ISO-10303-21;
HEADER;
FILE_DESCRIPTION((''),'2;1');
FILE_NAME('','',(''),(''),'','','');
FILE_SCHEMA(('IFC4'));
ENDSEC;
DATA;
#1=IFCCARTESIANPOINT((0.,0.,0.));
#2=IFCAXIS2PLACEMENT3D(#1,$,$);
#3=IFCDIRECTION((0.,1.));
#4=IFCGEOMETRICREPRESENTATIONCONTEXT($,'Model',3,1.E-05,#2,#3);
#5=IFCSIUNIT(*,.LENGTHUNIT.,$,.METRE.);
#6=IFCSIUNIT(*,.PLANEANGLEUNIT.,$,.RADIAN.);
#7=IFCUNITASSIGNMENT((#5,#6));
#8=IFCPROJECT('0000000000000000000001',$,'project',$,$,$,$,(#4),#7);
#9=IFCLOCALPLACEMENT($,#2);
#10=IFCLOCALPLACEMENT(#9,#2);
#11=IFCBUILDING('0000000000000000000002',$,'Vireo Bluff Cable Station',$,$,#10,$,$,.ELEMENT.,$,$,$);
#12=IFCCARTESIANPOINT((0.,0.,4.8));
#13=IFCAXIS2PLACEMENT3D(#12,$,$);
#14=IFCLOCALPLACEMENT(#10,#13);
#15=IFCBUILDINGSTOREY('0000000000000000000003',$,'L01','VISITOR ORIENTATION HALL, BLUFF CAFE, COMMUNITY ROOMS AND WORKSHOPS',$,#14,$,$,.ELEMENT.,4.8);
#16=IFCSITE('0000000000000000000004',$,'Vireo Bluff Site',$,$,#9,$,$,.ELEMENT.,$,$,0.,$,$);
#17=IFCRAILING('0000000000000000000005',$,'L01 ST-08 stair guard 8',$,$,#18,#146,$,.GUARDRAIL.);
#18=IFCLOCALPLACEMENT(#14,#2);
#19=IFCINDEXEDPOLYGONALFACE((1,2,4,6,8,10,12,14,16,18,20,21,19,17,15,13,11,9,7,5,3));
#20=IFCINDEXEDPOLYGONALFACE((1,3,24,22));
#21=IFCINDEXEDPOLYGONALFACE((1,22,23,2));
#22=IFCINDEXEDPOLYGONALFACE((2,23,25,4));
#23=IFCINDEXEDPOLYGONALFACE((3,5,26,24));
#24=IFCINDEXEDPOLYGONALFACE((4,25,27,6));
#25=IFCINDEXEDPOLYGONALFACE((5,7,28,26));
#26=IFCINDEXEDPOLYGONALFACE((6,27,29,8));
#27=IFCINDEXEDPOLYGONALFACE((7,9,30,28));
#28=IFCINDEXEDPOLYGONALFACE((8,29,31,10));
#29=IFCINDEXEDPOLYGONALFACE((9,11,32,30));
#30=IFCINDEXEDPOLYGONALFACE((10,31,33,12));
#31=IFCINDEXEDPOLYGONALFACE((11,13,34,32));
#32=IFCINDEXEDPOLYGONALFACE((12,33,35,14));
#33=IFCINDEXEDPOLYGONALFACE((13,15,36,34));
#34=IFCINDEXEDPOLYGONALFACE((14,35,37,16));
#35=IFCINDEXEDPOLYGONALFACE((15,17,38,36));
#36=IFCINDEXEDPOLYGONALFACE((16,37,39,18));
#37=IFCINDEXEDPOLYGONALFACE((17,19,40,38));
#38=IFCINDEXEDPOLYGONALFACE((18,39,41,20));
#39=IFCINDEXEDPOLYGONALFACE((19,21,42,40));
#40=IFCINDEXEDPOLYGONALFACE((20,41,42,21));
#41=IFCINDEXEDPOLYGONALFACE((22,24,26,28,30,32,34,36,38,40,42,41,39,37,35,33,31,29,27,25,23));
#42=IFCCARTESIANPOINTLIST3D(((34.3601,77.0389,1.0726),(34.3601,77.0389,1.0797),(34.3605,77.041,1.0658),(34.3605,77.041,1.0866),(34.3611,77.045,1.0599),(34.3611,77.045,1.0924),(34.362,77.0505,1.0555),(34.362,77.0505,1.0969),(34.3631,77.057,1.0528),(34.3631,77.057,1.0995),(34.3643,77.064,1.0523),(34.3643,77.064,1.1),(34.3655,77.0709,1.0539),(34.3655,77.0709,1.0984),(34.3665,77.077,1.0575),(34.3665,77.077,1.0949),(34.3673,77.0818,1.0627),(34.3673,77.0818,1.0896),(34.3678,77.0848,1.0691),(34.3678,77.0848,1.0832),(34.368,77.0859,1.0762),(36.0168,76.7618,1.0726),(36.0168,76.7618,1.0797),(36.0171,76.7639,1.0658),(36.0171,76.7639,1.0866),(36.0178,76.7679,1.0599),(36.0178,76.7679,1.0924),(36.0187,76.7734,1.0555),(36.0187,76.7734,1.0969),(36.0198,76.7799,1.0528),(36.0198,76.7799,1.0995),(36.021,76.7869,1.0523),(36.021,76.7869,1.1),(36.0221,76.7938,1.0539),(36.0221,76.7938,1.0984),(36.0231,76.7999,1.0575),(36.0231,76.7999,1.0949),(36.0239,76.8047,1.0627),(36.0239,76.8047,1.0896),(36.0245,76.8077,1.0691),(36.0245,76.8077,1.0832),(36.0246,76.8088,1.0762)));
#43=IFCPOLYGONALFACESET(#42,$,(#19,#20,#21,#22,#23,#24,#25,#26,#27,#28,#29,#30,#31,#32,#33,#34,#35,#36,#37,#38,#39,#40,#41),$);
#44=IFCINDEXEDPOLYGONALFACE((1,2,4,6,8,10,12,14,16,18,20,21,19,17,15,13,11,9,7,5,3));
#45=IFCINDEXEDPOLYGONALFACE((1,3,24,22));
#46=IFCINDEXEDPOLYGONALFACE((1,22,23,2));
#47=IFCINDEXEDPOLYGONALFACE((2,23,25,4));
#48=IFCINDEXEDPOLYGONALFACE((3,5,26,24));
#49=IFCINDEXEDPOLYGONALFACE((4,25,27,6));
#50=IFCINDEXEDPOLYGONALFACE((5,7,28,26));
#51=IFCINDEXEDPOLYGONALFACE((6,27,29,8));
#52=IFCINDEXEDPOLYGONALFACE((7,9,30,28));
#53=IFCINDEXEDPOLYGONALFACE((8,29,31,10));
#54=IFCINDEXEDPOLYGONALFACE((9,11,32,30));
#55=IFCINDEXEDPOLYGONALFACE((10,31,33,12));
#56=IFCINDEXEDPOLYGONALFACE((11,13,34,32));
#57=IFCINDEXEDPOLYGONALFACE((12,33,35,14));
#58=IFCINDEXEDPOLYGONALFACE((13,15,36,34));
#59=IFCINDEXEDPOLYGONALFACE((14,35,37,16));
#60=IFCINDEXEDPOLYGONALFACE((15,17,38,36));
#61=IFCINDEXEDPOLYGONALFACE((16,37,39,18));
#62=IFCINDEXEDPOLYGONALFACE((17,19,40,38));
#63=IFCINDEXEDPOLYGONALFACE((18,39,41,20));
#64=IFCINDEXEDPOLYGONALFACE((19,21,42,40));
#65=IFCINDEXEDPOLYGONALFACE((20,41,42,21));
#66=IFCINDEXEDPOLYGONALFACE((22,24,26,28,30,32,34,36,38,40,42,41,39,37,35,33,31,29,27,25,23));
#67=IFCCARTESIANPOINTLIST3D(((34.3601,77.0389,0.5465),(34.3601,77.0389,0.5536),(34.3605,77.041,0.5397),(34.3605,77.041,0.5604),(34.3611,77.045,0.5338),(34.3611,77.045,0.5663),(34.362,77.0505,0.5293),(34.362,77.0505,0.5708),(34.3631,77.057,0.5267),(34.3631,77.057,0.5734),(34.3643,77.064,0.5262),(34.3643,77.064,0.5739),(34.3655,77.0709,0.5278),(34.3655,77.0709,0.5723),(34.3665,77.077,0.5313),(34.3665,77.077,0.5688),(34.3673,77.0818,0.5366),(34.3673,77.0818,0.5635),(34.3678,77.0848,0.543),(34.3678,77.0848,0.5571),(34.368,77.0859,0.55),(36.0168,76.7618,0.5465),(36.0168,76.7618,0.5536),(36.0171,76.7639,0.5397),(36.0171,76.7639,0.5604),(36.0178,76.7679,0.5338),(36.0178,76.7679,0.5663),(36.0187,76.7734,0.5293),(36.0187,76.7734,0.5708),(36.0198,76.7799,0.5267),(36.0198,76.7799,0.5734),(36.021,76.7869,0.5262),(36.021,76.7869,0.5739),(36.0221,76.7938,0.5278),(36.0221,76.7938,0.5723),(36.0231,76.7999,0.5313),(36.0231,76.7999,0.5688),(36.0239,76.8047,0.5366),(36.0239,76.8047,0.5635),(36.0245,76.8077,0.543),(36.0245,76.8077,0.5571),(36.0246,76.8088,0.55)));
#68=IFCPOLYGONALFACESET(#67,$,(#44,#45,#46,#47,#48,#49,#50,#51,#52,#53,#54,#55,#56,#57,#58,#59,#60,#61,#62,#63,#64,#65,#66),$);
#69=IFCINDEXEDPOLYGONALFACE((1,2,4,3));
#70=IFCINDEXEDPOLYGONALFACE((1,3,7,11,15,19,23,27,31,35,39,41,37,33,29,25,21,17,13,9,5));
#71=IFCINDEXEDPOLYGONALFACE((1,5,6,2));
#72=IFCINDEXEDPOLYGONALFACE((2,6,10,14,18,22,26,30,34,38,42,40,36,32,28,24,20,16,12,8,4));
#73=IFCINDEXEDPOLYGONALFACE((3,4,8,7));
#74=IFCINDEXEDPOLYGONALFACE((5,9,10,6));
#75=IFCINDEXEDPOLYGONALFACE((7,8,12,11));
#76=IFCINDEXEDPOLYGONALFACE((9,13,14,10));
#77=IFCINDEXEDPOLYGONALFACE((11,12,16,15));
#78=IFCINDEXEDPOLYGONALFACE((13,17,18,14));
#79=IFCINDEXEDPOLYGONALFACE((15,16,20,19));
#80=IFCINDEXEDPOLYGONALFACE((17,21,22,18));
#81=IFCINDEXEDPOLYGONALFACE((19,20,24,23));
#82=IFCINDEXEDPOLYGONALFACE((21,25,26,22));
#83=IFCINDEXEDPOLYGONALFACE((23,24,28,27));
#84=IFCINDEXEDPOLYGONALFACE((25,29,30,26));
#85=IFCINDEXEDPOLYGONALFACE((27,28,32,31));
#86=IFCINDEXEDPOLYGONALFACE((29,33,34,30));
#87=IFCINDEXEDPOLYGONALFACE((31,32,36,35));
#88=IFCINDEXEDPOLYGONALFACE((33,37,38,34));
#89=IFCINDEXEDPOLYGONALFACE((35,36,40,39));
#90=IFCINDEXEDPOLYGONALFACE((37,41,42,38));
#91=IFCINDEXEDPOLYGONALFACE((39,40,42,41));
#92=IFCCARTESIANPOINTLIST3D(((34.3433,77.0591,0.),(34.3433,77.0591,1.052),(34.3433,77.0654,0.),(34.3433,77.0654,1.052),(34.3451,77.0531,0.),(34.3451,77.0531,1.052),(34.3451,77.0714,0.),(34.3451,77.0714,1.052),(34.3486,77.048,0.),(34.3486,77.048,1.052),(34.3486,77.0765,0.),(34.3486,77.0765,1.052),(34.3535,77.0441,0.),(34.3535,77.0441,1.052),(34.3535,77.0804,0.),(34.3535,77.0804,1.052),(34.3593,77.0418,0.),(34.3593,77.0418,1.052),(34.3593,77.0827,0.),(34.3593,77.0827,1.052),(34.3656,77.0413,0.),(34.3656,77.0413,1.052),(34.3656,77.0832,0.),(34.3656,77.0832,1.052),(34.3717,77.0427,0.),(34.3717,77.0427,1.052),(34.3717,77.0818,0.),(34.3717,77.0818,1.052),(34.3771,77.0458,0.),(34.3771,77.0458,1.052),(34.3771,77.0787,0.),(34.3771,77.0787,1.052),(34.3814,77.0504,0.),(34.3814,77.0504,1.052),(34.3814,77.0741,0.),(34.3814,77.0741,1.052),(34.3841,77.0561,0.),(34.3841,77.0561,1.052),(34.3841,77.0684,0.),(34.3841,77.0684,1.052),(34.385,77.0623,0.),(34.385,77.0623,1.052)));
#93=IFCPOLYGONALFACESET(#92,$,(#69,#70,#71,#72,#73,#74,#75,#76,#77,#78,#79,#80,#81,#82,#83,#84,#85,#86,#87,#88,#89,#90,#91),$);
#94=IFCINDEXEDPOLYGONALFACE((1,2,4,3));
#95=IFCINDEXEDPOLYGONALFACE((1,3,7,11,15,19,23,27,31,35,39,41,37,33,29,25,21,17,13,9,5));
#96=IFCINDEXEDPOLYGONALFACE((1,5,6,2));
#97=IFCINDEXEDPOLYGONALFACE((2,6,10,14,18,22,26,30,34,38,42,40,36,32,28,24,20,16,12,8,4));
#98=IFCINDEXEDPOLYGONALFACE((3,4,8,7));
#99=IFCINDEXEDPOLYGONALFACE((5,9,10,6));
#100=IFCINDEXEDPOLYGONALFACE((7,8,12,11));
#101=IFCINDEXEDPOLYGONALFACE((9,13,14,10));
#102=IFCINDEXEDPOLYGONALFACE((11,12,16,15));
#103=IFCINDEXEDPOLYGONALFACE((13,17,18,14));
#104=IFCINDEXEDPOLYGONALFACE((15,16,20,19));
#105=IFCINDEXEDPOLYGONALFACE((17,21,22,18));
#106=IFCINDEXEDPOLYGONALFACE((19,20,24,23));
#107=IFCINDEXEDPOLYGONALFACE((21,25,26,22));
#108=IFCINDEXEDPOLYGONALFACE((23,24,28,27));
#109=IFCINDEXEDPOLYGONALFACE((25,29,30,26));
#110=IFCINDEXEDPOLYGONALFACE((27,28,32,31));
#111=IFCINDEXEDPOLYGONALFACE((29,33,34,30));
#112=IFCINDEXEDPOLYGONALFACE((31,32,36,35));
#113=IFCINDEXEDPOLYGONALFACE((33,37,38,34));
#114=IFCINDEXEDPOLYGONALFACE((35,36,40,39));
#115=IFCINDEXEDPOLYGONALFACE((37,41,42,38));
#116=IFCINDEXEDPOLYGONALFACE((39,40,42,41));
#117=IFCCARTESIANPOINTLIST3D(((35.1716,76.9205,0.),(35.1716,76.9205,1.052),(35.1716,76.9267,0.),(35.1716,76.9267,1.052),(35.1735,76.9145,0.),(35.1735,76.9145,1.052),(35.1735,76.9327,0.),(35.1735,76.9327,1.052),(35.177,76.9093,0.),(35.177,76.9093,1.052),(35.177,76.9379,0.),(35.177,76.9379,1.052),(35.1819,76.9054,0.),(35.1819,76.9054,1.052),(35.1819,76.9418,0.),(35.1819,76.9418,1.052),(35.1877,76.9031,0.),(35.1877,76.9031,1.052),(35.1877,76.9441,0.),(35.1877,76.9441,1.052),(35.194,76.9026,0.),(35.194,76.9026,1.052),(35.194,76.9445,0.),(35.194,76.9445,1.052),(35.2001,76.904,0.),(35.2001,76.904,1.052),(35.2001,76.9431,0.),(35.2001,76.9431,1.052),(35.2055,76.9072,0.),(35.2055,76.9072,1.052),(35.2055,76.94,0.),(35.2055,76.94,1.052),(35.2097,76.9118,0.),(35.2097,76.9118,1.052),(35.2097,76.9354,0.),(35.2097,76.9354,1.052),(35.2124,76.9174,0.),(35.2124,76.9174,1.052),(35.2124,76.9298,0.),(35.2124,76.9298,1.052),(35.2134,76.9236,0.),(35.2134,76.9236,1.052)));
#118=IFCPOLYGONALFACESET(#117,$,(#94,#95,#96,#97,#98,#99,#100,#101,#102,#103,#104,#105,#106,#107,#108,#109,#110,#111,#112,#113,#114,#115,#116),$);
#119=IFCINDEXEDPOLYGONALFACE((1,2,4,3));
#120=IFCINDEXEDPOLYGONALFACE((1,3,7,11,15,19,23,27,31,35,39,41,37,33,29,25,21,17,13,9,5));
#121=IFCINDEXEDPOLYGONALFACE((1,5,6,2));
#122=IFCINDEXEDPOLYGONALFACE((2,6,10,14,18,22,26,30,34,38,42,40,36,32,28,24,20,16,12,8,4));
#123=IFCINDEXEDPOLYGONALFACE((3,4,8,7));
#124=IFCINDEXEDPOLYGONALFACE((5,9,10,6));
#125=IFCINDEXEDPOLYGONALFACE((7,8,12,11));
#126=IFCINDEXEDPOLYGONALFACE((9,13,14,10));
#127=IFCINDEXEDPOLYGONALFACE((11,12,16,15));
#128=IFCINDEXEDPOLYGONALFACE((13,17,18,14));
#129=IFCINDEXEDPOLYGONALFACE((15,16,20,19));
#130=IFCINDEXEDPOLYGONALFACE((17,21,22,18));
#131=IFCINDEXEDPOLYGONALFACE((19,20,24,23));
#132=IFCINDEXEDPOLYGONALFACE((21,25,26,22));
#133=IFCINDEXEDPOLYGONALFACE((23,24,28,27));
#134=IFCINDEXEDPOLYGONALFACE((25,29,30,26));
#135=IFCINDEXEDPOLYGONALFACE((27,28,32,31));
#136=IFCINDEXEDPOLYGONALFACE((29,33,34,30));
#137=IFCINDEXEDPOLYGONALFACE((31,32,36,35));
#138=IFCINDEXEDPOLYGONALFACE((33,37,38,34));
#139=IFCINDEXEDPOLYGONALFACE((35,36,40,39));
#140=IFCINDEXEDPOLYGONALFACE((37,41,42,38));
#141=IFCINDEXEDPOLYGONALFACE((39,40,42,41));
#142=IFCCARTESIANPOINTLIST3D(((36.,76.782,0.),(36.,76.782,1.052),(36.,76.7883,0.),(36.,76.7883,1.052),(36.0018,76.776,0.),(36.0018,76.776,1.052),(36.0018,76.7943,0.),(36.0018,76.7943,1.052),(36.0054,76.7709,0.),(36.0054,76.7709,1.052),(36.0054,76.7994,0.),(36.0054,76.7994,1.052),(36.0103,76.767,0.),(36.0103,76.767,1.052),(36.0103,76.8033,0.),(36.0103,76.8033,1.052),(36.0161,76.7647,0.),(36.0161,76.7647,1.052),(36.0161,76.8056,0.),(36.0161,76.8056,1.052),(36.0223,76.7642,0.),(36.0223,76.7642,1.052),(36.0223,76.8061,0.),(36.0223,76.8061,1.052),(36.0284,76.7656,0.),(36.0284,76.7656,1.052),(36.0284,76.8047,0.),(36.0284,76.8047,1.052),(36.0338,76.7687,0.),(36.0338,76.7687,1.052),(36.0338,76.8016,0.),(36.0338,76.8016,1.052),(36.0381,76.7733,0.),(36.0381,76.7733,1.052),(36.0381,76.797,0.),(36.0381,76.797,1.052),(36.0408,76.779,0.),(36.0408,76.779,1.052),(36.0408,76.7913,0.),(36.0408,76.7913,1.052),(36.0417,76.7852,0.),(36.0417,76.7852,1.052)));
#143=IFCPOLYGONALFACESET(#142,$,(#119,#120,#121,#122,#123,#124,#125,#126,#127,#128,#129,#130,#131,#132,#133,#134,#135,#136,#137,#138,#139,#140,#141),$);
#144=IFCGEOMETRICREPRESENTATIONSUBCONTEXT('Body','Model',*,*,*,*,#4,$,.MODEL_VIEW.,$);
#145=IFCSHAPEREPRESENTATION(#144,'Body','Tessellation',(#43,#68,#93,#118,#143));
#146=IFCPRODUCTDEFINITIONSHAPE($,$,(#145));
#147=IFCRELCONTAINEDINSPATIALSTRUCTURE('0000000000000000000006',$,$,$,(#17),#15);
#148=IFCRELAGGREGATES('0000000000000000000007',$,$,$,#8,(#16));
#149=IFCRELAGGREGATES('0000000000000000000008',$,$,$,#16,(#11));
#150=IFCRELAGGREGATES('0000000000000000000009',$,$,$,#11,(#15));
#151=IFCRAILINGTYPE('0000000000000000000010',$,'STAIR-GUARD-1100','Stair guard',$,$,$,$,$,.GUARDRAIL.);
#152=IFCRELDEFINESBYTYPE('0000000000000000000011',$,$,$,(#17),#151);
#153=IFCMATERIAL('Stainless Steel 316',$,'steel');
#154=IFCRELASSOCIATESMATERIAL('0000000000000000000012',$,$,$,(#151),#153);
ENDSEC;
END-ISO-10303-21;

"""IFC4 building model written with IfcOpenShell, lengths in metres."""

from ifc_helpers import new_model, si_unit, direction, frame, origin, origin_2d, place, context, subcontext, project, spatial, circle, extrude, material, type_object, element, save


model = new_model("IFC4")

# Units and contexts
model_context = context("Model", 3, precision=1e-05, world=origin(), true_north=direction((0.0, 1.0)))
body_context = subcontext(model_context, "Body", "Model", "MODEL_VIEW")
ifc_project = project(units=[si_unit("LENGTHUNIT", "METRE"), si_unit("PLANEANGLEUNIT", "RADIAN")], contexts=[model_context])

# Site, building, storey
site_placement = place(None, origin())
site = spatial("IfcSite", under=ifc_project, at=site_placement, Name="Vireo Bluff Site", CompositionType="ELEMENT", RefElevation=0.0)
building_placement = place(site_placement, origin())
building = spatial("IfcBuilding", under=site, at=building_placement, Name="Vireo Bluff Cable Station", CompositionType="ELEMENT")
storey_placement = place(building_placement, frame((0.0, 0.0, 4.8)))
storey = spatial("IfcBuildingStorey", under=building, at=storey_placement, Name="L01", Description="VISITOR ORIENTATION HALL, BLUFF CAFE, COMMUNITY ROOMS AND WORKSHOPS", CompositionType="ELEMENT", Elevation=4.8)

# Railing
ifc_material_1 = material(Name="Stainless Steel 316", Category="steel")
railing_type = type_object("IfcRailingType", Name="STAIR-GUARD-1100", Description="Stair guard", PredefinedType="GUARDRAIL", material=ifc_material_1)
railing_1_placement = place(storey_placement, frame((34.364, 77.0623, 0.0)))
element("IfcRailing", 1, at=railing_1_placement, inside=storey, type_object=railing_type, Name="L01 ST-08 stair guard 8", PredefinedType="GUARDRAIL", context=body_context, shape_type="SweptSolid", body=[
    extrude(circle(Radius=0.0239, at=origin_2d()), frame((0.0, 0.0, 1.0762), z_axis=(0.986299, -0.164965, 0.0), x_axis=(0.164965, 0.986299, 0.0)), (0.0, 0.0, 1.0), 1.6797),
    extrude(circle(Radius=0.0239, at=origin_2d()), frame((0.0, 0.0, 0.55), z_axis=(0.986299, -0.164965, 0.0), x_axis=(0.164965, 0.986299, 0.0)), (0.0, 0.0, 1.0), 1.6797),
    extrude(circle(Radius=0.021, at=origin_2d()), origin(), (0.0, 0.0, 1.0), 1.052),
    extrude(circle(Radius=0.021, at=origin_2d()), frame((0.8284, -0.1387, 0.0)), (0.0, 0.0, 1.0), 1.052),
    extrude(circle(Radius=0.021, at=origin_2d()), frame((1.6567, -0.2771, 0.0)), (0.0, 0.0, 1.0), 1.052),
])

save(model, "model.ifc")
